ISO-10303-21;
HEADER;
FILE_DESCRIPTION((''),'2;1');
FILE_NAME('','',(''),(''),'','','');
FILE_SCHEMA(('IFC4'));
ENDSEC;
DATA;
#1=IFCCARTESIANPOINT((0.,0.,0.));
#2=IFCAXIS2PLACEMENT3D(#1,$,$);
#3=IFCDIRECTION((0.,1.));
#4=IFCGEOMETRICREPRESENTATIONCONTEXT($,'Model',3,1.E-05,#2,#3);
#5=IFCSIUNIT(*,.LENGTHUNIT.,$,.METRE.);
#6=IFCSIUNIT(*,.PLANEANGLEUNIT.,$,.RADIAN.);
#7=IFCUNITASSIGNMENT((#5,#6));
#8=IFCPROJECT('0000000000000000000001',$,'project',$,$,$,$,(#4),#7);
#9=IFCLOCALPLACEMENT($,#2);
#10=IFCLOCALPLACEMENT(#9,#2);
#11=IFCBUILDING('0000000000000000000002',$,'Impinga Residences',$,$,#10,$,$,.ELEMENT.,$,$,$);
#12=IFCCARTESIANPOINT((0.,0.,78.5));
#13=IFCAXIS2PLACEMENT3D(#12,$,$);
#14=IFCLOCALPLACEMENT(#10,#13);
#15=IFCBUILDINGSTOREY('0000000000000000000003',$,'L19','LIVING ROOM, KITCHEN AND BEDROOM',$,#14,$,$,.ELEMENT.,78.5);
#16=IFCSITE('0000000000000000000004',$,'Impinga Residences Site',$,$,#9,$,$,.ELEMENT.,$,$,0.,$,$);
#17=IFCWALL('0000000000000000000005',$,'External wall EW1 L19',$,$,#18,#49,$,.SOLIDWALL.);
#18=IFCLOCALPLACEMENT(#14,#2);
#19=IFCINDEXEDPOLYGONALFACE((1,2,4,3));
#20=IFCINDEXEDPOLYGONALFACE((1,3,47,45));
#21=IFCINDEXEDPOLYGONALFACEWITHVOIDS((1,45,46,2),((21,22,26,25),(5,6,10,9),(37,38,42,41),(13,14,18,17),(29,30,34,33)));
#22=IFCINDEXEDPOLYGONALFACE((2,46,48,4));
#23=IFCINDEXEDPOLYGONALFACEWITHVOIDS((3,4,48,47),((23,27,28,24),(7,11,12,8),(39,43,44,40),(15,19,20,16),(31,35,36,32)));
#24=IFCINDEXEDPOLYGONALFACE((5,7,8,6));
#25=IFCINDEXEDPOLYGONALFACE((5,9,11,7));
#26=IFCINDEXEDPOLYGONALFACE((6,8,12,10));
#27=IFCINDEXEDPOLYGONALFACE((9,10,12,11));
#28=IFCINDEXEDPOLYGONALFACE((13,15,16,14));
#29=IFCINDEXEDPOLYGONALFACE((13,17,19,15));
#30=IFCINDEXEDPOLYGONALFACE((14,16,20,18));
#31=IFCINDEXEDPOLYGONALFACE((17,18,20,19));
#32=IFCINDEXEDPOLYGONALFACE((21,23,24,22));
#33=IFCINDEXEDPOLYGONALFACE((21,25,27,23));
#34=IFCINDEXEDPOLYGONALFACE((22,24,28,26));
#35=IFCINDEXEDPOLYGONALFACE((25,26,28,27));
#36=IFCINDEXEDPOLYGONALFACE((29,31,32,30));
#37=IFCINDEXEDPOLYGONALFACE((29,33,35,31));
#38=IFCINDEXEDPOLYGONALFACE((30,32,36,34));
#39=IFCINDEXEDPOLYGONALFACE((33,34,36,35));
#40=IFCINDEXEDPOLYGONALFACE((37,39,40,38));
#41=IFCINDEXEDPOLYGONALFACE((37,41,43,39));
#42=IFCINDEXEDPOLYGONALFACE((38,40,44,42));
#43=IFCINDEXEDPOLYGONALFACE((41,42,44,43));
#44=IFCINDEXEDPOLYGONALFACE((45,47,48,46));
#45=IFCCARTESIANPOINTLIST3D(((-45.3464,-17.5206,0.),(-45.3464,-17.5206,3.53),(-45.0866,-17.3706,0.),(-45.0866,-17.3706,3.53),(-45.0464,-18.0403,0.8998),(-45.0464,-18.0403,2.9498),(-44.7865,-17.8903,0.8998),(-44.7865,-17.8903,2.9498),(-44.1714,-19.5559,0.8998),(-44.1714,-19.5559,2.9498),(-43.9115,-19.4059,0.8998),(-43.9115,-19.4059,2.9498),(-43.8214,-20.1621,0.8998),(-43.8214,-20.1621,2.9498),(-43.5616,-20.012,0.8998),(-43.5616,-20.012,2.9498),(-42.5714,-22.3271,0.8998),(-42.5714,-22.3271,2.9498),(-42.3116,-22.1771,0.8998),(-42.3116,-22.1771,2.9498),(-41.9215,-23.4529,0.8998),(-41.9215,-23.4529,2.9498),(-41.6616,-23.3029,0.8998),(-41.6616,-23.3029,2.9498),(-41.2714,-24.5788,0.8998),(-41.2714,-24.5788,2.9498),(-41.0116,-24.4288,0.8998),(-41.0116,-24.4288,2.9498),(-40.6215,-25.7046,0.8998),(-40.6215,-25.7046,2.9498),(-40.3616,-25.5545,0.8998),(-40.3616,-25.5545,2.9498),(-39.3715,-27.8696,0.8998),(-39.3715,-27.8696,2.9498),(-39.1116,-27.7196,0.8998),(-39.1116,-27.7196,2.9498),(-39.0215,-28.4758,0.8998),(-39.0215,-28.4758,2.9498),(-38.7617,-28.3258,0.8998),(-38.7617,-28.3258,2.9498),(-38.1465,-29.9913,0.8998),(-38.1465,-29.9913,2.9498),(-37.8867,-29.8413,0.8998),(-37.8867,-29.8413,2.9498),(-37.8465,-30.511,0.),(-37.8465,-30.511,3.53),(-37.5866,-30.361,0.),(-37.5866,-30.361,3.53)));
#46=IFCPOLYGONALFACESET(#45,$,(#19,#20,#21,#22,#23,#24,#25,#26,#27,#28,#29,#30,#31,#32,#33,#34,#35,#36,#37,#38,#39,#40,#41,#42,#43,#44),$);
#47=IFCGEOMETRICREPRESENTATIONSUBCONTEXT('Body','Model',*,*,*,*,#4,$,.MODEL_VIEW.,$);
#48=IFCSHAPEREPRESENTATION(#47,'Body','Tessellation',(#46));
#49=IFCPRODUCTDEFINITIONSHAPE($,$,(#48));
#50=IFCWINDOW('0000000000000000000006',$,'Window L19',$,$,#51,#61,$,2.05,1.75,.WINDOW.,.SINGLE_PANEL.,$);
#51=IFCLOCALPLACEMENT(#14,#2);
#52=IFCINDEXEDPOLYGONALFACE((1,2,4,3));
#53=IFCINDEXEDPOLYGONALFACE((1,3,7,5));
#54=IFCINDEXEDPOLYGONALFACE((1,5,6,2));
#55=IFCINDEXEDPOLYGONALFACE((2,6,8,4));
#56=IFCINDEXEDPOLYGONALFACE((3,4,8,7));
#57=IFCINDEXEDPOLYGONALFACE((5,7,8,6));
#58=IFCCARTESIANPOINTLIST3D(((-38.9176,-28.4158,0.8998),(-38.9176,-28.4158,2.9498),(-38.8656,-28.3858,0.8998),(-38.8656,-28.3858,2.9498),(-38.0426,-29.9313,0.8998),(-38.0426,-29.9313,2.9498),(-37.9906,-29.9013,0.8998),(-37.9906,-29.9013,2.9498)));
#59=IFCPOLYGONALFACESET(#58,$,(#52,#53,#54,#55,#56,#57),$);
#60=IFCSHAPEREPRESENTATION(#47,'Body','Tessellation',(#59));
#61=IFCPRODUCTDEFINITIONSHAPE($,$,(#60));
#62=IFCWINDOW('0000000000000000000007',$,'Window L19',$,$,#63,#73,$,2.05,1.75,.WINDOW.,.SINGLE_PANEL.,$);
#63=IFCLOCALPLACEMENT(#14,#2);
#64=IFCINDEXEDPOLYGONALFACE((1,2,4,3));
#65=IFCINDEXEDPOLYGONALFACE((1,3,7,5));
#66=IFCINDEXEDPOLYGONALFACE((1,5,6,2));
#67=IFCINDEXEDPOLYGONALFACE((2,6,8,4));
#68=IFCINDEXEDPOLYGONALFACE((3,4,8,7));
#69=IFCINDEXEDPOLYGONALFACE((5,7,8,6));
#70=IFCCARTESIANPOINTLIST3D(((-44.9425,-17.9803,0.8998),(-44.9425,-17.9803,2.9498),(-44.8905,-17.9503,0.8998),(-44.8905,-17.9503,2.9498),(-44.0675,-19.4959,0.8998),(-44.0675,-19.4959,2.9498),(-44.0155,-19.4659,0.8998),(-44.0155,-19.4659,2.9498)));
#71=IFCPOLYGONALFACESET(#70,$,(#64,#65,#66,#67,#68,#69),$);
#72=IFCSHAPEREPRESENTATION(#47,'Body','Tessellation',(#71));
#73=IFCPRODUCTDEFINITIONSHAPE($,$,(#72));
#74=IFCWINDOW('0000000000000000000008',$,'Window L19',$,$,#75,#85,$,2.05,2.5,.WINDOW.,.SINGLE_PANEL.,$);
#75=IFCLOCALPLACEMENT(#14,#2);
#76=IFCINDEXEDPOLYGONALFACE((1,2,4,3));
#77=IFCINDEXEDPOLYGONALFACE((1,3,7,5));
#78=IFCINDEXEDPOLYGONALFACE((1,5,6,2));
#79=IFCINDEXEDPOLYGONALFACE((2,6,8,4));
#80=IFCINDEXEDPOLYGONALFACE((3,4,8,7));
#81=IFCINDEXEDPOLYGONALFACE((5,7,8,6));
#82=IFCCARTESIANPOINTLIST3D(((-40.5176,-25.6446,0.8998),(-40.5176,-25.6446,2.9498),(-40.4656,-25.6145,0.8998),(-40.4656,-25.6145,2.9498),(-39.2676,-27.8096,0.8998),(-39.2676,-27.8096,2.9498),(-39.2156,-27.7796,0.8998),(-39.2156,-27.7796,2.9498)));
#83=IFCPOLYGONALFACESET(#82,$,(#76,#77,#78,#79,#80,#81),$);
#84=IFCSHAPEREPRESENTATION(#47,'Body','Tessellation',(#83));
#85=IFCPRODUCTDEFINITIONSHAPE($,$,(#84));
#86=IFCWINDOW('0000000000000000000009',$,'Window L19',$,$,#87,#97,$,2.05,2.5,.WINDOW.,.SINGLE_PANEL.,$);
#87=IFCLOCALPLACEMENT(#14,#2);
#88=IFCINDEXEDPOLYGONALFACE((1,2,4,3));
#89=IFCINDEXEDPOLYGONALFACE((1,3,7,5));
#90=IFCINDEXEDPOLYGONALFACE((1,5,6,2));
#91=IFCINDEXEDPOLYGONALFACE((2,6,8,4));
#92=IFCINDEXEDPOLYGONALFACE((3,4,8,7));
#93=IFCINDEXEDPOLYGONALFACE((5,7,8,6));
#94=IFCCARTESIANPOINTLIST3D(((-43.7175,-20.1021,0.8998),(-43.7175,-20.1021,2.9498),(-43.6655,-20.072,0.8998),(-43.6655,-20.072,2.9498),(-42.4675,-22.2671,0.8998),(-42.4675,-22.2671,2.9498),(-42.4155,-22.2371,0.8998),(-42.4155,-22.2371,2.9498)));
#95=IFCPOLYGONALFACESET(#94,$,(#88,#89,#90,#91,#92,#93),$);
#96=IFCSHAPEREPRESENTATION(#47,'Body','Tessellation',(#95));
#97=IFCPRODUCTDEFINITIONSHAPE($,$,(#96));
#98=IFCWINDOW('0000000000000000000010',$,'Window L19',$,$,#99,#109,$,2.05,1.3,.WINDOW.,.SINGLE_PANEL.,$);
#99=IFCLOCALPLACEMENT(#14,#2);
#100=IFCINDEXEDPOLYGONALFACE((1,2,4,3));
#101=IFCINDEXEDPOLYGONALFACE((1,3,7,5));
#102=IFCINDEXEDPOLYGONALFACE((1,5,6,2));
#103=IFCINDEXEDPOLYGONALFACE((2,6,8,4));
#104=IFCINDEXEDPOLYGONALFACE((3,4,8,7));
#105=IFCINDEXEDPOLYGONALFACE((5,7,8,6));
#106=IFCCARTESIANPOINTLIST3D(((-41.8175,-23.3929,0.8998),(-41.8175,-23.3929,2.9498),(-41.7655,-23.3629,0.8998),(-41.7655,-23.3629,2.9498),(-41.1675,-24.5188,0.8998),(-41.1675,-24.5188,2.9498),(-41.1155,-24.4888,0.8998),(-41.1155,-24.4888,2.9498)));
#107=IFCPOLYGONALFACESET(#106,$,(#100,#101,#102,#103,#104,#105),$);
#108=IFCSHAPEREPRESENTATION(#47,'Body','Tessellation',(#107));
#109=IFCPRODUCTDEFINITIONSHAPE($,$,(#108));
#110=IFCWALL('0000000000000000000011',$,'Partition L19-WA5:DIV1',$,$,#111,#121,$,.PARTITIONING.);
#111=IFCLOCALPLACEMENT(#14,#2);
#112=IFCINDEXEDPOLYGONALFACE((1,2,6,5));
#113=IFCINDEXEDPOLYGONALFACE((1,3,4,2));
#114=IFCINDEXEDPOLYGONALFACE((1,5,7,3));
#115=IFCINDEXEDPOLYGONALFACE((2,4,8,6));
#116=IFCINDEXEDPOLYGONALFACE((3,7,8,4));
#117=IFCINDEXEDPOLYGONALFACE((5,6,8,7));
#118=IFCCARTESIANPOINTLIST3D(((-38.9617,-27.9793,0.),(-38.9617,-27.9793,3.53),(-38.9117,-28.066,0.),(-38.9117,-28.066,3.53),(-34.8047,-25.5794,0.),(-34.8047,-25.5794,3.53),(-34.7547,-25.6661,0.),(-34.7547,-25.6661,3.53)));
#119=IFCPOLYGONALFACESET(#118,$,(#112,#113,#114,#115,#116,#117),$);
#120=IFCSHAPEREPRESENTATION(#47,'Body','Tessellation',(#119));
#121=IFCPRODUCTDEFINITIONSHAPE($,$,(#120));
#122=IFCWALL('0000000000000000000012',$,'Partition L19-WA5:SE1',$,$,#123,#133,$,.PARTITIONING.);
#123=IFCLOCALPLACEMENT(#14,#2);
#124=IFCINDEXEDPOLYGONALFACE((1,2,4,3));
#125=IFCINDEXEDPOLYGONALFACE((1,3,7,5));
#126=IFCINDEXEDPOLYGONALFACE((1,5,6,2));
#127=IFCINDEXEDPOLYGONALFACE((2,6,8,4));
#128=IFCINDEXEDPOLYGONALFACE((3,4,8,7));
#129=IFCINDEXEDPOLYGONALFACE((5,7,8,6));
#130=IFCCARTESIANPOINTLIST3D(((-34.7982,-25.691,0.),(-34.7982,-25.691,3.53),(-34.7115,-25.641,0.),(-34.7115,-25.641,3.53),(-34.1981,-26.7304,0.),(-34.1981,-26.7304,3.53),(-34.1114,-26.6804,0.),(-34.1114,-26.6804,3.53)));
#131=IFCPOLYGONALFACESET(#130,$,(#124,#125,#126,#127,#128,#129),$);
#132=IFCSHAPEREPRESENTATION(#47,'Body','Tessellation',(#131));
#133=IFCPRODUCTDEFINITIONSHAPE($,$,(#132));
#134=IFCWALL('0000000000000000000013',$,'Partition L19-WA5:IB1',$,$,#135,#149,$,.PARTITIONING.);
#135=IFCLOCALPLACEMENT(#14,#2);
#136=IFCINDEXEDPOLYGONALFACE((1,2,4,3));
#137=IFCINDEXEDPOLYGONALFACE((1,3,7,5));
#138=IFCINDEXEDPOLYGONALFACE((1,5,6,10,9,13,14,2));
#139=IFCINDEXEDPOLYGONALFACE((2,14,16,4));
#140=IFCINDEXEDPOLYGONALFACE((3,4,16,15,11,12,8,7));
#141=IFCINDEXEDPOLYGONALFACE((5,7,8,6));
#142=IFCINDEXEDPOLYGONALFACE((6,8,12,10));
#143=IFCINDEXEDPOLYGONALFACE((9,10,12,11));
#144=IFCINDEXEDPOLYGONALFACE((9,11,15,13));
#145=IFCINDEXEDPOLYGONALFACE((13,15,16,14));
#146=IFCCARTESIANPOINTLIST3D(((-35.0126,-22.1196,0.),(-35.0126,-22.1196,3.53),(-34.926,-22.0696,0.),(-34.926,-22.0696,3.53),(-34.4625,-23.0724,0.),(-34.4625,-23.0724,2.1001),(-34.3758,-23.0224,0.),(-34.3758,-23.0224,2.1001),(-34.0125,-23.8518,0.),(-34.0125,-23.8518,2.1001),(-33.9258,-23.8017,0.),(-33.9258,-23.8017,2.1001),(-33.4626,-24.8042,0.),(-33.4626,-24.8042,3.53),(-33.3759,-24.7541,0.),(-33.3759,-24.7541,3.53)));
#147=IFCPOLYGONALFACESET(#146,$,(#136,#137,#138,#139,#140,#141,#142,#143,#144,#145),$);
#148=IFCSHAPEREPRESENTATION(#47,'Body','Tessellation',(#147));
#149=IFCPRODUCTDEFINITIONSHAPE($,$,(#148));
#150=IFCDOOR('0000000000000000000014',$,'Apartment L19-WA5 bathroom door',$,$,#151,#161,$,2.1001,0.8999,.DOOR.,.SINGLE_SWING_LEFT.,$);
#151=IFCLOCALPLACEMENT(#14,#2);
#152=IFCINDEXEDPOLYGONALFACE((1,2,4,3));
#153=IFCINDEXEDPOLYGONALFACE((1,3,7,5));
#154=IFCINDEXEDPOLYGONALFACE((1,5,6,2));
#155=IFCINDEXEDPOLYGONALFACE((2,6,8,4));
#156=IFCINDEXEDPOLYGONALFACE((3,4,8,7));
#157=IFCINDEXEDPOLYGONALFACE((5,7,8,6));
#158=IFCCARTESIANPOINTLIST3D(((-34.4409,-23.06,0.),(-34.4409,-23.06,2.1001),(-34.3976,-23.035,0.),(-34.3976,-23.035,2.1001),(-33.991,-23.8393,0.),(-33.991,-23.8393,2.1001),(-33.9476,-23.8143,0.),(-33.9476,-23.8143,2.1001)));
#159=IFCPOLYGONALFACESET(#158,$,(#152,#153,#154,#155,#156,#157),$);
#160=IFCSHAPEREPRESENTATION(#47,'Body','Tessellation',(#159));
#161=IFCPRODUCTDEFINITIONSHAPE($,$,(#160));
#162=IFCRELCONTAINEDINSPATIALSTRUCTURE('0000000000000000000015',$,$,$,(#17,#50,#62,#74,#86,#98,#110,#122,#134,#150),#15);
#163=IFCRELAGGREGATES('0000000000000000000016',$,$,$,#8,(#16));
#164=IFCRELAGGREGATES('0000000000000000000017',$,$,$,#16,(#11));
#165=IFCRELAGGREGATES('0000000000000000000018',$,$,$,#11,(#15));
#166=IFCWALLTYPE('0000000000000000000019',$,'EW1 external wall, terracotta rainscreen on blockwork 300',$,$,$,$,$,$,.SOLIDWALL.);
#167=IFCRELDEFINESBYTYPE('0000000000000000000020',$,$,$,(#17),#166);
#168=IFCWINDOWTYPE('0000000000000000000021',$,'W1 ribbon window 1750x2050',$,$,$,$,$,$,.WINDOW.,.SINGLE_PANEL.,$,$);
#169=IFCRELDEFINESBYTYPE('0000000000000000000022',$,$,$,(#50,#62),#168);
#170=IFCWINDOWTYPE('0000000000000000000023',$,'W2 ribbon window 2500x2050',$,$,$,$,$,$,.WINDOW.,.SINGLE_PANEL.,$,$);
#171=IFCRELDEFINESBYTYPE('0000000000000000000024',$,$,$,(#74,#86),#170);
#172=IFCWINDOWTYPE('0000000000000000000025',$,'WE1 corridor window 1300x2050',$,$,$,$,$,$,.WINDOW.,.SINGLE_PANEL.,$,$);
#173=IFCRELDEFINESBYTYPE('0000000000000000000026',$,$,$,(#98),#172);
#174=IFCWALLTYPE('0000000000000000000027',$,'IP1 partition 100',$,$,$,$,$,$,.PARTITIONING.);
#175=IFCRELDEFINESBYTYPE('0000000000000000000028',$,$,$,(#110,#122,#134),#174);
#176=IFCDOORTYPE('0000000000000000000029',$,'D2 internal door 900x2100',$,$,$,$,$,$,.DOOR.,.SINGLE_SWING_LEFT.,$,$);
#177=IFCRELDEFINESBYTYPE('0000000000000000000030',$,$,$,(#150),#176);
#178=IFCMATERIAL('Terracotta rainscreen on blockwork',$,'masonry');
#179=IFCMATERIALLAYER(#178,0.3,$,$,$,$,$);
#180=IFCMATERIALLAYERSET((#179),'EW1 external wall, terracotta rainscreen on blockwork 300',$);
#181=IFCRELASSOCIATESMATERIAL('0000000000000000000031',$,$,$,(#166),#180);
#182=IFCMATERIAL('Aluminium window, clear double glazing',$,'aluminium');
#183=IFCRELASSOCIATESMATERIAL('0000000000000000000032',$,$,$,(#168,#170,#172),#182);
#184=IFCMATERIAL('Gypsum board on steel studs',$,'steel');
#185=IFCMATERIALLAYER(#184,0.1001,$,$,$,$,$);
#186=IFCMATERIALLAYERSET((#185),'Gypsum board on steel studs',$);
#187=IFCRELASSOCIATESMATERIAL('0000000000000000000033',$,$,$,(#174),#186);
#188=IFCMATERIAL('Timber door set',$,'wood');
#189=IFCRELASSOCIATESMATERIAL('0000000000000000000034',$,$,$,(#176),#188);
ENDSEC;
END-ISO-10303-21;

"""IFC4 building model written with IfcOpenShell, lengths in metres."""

from ifc_helpers import new_model, si_unit, direction, frame, frame_2d, origin, place, context, subcontext, project, spatial, rectangle, extrude, material, layer, layer_set, type_object, element, fill, save


model = new_model("IFC4")

# Units and contexts
model_context = context("Model", 3, precision=1e-05, world=origin(), true_north=direction((0.0, 1.0)))
body_context = subcontext(model_context, "Body", "Model", "MODEL_VIEW")
ifc_project = project(units=[si_unit("LENGTHUNIT", "METRE"), si_unit("PLANEANGLEUNIT", "RADIAN")], contexts=[model_context])

# Site, building, storey
site_placement = place(None, origin())
site = spatial("IfcSite", under=ifc_project, at=site_placement, Name="Impinga Residences Site", CompositionType="ELEMENT", RefElevation=0.0)
building_placement = place(site_placement, origin())
building = spatial("IfcBuilding", under=site, at=building_placement, Name="Impinga Residences", CompositionType="ELEMENT")
storey_placement = place(building_placement, frame((0.0, 0.0, 78.5)))
storey = spatial("IfcBuildingStorey", under=building, at=storey_placement, Name="L19", Description="LIVING ROOM, KITCHEN AND BEDROOM", CompositionType="ELEMENT", Elevation=78.5)

# Shared definitions
ifc_material_1 = material(Name="Terracotta rainscreen on blockwork", Category="masonry")
ifc_layer_1 = layer(ifc_material_1, 0.3)
ifc_layer_set_1 = layer_set([ifc_layer_1], Name="EW1 external wall, terracotta rainscreen on blockwork 300")
wall_type_1 = type_object("IfcWallType", Name="EW1 external wall, terracotta rainscreen on blockwork 300", PredefinedType="SOLIDWALL", material=ifc_layer_set_1)

# Wall, openings, windows
wall_1_placement = place(storey_placement, frame((-37.7166, -30.436, 0.0), z_axis=(0.0, 0.0, 1.0), x_axis=(-0.499997, 0.866027, 0.0)))
wall_1 = element("IfcWall", 1, at=wall_1_placement, inside=storey, type_object=wall_type_1, Name="External wall EW1 L19", PredefinedType="SOLIDWALL", context=body_context, shape_type="SweptSolid", body=[
    extrude(rectangle(XDim=15.0, YDim=0.3, at=frame_2d((7.5, 0.0))), origin(), (0.0, 0.0, 1.0), 3.53),
])
opening_1_placement = place(wall_1_placement, frame((0.6001, 0.0, 0.8999)))
opening_1 = element("IfcOpeningElement", 2, at=opening_1_placement, cuts=wall_1, PredefinedType="OPENING", context=body_context, shape_type="SweptSolid", body=[
    extrude(rectangle(XDim=1.75, YDim=2.05, at=frame_2d((0.875, 1.0249))), frame((0.0, 0.1599, 0.0), z_axis=(0.0, -1.0, 0.0), x_axis=(1.0, 0.0, 0.0)), (0.0, 0.0, 1.0), 0.3201),
])
opening_2_placement = place(wall_1_placement, frame((3.05, 0.0, 0.8999)))
opening_2 = element("IfcOpeningElement", 3, at=opening_2_placement, cuts=wall_1, PredefinedType="OPENING", context=body_context, shape_type="SweptSolid", body=[
    extrude(rectangle(XDim=2.5, YDim=2.05, at=frame_2d((1.25, 1.0249))), frame((0.0, 0.1599, 0.0), z_axis=(0.0, -1.0, 0.0), x_axis=(1.0, 0.0, 0.0)), (0.0, 0.0, 1.0), 0.3201),
])
opening_3_placement = place(wall_1_placement, frame((6.8501, 0.0, 0.8999)))
opening_3 = element("IfcOpeningElement", 4, at=opening_3_placement, cuts=wall_1, PredefinedType="OPENING", context=body_context, shape_type="SweptSolid", body=[
    extrude(rectangle(XDim=1.3, YDim=2.05, at=frame_2d((0.6499, 1.0249))), frame((0.0, 0.1599, 0.0), z_axis=(0.0, -1.0, 0.0), x_axis=(1.0, 0.0, 0.0)), (0.0, 0.0, 1.0), 0.3201),
])
opening_4_placement = place(wall_1_placement, frame((9.45, 0.0, 0.8999)))
opening_4 = element("IfcOpeningElement", 5, at=opening_4_placement, cuts=wall_1, PredefinedType="OPENING", context=body_context, shape_type="SweptSolid", body=[
    extrude(rectangle(XDim=2.5, YDim=2.05, at=frame_2d((1.25, 1.0249))), frame((0.0, 0.1599, 0.0), z_axis=(0.0, -1.0, 0.0), x_axis=(1.0, 0.0, 0.0)), (0.0, 0.0, 1.0), 0.3201),
])
opening_5_placement = place(wall_1_placement, frame((12.6499, 0.0, 0.8999)))
opening_5 = element("IfcOpeningElement", 6, at=opening_5_placement, cuts=wall_1, PredefinedType="OPENING", context=body_context, shape_type="SweptSolid", body=[
    extrude(rectangle(XDim=1.75, YDim=2.05, at=frame_2d((0.875, 1.0249))), frame((0.0, 0.1599, 0.0), z_axis=(0.0, -1.0, 0.0), x_axis=(1.0, 0.0, 0.0)), (0.0, 0.0, 1.0), 0.3201),
])
ifc_material_2 = material(Name="Aluminium window, clear double glazing", Category="aluminium")
window_type_1 = type_object("IfcWindowType", Name="W1 ribbon window 1750x2050", PartitioningType="SINGLE_PANEL", PredefinedType="WINDOW", material=ifc_material_2)
window_1_placement = place(opening_1_placement, origin())
window_1 = element("IfcWindow", 7, at=window_1_placement, inside=storey, type_object=window_type_1, Name="Window L19", OverallHeight=2.05, OverallWidth=1.75, PartitioningType="SINGLE_PANEL", PredefinedType="WINDOW", context=body_context, shape_type="SweptSolid", body=[
    extrude(rectangle(XDim=1.75, YDim=2.05, at=frame_2d((0.875, 1.0249))), frame((0.0, 0.03, 0.0), z_axis=(0.0, -1.0, 0.0), x_axis=(1.0, 0.0, 0.0)), (0.0, 0.0, 1.0), 0.0601),
])
fill(opening_1, window_1)
window_2_placement = place(opening_5_placement, origin())
window_2 = element("IfcWindow", 8, at=window_2_placement, inside=storey, type_object=window_type_1, Name="Window L19", OverallHeight=2.05, OverallWidth=1.75, PartitioningType="SINGLE_PANEL", PredefinedType="WINDOW", context=body_context, shape_type="SweptSolid", body=[
    extrude(rectangle(XDim=1.75, YDim=2.05, at=frame_2d((0.875, 1.0249))), frame((0.0, 0.03, 0.0), z_axis=(0.0, -1.0, 0.0), x_axis=(1.0, 0.0, 0.0)), (0.0, 0.0, 1.0), 0.0601),
])
fill(opening_5, window_2)
window_type_2 = type_object("IfcWindowType", Name="W2 ribbon window 2500x2050", PartitioningType="SINGLE_PANEL", PredefinedType="WINDOW", material=ifc_material_2)
window_3_placement = place(opening_2_placement, origin())
window_3 = element("IfcWindow", 9, at=window_3_placement, inside=storey, type_object=window_type_2, Name="Window L19", OverallHeight=2.05, OverallWidth=2.5, PartitioningType="SINGLE_PANEL", PredefinedType="WINDOW", context=body_context, shape_type="SweptSolid", body=[
    extrude(rectangle(XDim=2.5, YDim=2.05, at=frame_2d((1.25, 1.0249))), frame((0.0, 0.03, 0.0), z_axis=(0.0, -1.0, 0.0), x_axis=(1.0, 0.0, 0.0)), (0.0, 0.0, 1.0), 0.0601),
])
fill(opening_2, window_3)
window_4_placement = place(opening_4_placement, origin())
window_4 = element("IfcWindow", 10, at=window_4_placement, inside=storey, type_object=window_type_2, Name="Window L19", OverallHeight=2.05, OverallWidth=2.5, PartitioningType="SINGLE_PANEL", PredefinedType="WINDOW", context=body_context, shape_type="SweptSolid", body=[
    extrude(rectangle(XDim=2.5, YDim=2.05, at=frame_2d((1.25, 1.0249))), frame((0.0, 0.03, 0.0), z_axis=(0.0, -1.0, 0.0), x_axis=(1.0, 0.0, 0.0)), (0.0, 0.0, 1.0), 0.0601),
])
fill(opening_4, window_4)
window_type_3 = type_object("IfcWindowType", Name="WE1 corridor window 1300x2050", PartitioningType="SINGLE_PANEL", PredefinedType="WINDOW", material=ifc_material_2)
window_5_placement = place(opening_3_placement, origin())
window_5 = element("IfcWindow", 11, at=window_5_placement, inside=storey, type_object=window_type_3, Name="Window L19", OverallHeight=2.05, OverallWidth=1.3, PartitioningType="SINGLE_PANEL", PredefinedType="WINDOW", context=body_context, shape_type="SweptSolid", body=[
    extrude(rectangle(XDim=1.3, YDim=2.05, at=frame_2d((0.6499, 1.0249))), frame((0.0, 0.03, 0.0), z_axis=(0.0, -1.0, 0.0), x_axis=(1.0, 0.0, 0.0)), (0.0, 0.0, 1.0), 0.0601),
])
fill(opening_3, window_5)

# Walls
ifc_material_3 = material(Name="Gypsum board on steel studs", Category="steel")
ifc_layer_2 = layer(ifc_material_3, 0.1001)
ifc_layer_set_2 = layer_set([ifc_layer_2], Name="Gypsum board on steel studs")
wall_type_2 = type_object("IfcWallType", Name="IP1 partition 100", PredefinedType="PARTITIONING", material=ifc_layer_set_2)
wall_2_placement = place(storey_placement, frame((-34.7798, -25.6228, 0.0), z_axis=(0.0, 0.0, 1.0), x_axis=(-0.866037, -0.499979, 0.0)))
element("IfcWall", 12, at=wall_2_placement, inside=storey, type_object=wall_type_2, Name="Partition L19-WA5:DIV1", PredefinedType="PARTITIONING", context=body_context, shape_type="SweptSolid", body=[
    extrude(rectangle(XDim=4.8, YDim=0.1001, at=frame_2d((2.3999, 0.0))), origin(), (0.0, 0.0, 1.0), 3.53),
])
wall_3_placement = place(storey_placement, frame((-34.7549, -25.666, 0.0), z_axis=(0.0, 0.0, 1.0), x_axis=(0.500034, -0.866006, 0.0)))
element("IfcWall", 13, at=wall_3_placement, inside=storey, type_object=wall_type_2, Name="Partition L19-WA5:SE1", PredefinedType="PARTITIONING", context=body_context, shape_type="SweptSolid", body=[
    extrude(rectangle(XDim=1.2002, YDim=0.1001, at=frame_2d((0.6001, 0.0))), origin(), (0.0, 0.0, 1.0), 3.53),
])

# Wall, opening, door
wall_4_placement = place(storey_placement, frame((-34.9692, -22.0947, 0.0), z_axis=(0.0, 0.0, 1.0), x_axis=(0.500027, -0.86601, 0.0)))
wall_4 = element("IfcWall", 14, at=wall_4_placement, inside=storey, type_object=wall_type_2, Name="Partition L19-WA5:IB1", PredefinedType="PARTITIONING", context=body_context, shape_type="SweptSolid", body=[
    extrude(rectangle(XDim=3.0999, YDim=0.1001, at=frame_2d((1.5498, 0.0))), origin(), (0.0, 0.0, 1.0), 3.53),
])
opening_6_placement = place(wall_4_placement, frame((1.1001, 0.0, 0.0)))
opening_6 = element("IfcOpeningElement", 15, at=opening_6_placement, cuts=wall_4, PredefinedType="OPENING", context=body_context, shape_type="SweptSolid", body=[
    extrude(rectangle(XDim=0.8999, YDim=2.1001, at=frame_2d((0.45, 1.05))), frame((0.0, 0.0601, 0.0), z_axis=(0.0, -1.0, 0.0), x_axis=(1.0, 0.0, 0.0)), (0.0, 0.0, 1.0), 0.1201),
])
ifc_material_4 = material(Name="Timber door set", Category="wood")
door_type = type_object("IfcDoorType", Name="D2 internal door 900x2100", OperationType="SINGLE_SWING_LEFT", PredefinedType="DOOR", material=ifc_material_4)
door_placement = place(opening_6_placement, origin())
door = element("IfcDoor", 16, at=door_placement, inside=storey, type_object=door_type, Name="Apartment L19-WA5 bathroom door", OperationType="SINGLE_SWING_LEFT", OverallHeight=2.1001, OverallWidth=0.8999, PredefinedType="DOOR", context=body_context, shape_type="SweptSolid", body=[
    extrude(rectangle(XDim=0.8999, YDim=2.1001, at=frame_2d((0.45, 1.05))), frame((0.0, 0.0249, 0.0), z_axis=(0.0, -1.0, 0.0), x_axis=(1.0, 0.0, 0.0)), (0.0, 0.0, 1.0), 0.05),
])
fill(opening_6, door)

save(model, "model.ifc")
